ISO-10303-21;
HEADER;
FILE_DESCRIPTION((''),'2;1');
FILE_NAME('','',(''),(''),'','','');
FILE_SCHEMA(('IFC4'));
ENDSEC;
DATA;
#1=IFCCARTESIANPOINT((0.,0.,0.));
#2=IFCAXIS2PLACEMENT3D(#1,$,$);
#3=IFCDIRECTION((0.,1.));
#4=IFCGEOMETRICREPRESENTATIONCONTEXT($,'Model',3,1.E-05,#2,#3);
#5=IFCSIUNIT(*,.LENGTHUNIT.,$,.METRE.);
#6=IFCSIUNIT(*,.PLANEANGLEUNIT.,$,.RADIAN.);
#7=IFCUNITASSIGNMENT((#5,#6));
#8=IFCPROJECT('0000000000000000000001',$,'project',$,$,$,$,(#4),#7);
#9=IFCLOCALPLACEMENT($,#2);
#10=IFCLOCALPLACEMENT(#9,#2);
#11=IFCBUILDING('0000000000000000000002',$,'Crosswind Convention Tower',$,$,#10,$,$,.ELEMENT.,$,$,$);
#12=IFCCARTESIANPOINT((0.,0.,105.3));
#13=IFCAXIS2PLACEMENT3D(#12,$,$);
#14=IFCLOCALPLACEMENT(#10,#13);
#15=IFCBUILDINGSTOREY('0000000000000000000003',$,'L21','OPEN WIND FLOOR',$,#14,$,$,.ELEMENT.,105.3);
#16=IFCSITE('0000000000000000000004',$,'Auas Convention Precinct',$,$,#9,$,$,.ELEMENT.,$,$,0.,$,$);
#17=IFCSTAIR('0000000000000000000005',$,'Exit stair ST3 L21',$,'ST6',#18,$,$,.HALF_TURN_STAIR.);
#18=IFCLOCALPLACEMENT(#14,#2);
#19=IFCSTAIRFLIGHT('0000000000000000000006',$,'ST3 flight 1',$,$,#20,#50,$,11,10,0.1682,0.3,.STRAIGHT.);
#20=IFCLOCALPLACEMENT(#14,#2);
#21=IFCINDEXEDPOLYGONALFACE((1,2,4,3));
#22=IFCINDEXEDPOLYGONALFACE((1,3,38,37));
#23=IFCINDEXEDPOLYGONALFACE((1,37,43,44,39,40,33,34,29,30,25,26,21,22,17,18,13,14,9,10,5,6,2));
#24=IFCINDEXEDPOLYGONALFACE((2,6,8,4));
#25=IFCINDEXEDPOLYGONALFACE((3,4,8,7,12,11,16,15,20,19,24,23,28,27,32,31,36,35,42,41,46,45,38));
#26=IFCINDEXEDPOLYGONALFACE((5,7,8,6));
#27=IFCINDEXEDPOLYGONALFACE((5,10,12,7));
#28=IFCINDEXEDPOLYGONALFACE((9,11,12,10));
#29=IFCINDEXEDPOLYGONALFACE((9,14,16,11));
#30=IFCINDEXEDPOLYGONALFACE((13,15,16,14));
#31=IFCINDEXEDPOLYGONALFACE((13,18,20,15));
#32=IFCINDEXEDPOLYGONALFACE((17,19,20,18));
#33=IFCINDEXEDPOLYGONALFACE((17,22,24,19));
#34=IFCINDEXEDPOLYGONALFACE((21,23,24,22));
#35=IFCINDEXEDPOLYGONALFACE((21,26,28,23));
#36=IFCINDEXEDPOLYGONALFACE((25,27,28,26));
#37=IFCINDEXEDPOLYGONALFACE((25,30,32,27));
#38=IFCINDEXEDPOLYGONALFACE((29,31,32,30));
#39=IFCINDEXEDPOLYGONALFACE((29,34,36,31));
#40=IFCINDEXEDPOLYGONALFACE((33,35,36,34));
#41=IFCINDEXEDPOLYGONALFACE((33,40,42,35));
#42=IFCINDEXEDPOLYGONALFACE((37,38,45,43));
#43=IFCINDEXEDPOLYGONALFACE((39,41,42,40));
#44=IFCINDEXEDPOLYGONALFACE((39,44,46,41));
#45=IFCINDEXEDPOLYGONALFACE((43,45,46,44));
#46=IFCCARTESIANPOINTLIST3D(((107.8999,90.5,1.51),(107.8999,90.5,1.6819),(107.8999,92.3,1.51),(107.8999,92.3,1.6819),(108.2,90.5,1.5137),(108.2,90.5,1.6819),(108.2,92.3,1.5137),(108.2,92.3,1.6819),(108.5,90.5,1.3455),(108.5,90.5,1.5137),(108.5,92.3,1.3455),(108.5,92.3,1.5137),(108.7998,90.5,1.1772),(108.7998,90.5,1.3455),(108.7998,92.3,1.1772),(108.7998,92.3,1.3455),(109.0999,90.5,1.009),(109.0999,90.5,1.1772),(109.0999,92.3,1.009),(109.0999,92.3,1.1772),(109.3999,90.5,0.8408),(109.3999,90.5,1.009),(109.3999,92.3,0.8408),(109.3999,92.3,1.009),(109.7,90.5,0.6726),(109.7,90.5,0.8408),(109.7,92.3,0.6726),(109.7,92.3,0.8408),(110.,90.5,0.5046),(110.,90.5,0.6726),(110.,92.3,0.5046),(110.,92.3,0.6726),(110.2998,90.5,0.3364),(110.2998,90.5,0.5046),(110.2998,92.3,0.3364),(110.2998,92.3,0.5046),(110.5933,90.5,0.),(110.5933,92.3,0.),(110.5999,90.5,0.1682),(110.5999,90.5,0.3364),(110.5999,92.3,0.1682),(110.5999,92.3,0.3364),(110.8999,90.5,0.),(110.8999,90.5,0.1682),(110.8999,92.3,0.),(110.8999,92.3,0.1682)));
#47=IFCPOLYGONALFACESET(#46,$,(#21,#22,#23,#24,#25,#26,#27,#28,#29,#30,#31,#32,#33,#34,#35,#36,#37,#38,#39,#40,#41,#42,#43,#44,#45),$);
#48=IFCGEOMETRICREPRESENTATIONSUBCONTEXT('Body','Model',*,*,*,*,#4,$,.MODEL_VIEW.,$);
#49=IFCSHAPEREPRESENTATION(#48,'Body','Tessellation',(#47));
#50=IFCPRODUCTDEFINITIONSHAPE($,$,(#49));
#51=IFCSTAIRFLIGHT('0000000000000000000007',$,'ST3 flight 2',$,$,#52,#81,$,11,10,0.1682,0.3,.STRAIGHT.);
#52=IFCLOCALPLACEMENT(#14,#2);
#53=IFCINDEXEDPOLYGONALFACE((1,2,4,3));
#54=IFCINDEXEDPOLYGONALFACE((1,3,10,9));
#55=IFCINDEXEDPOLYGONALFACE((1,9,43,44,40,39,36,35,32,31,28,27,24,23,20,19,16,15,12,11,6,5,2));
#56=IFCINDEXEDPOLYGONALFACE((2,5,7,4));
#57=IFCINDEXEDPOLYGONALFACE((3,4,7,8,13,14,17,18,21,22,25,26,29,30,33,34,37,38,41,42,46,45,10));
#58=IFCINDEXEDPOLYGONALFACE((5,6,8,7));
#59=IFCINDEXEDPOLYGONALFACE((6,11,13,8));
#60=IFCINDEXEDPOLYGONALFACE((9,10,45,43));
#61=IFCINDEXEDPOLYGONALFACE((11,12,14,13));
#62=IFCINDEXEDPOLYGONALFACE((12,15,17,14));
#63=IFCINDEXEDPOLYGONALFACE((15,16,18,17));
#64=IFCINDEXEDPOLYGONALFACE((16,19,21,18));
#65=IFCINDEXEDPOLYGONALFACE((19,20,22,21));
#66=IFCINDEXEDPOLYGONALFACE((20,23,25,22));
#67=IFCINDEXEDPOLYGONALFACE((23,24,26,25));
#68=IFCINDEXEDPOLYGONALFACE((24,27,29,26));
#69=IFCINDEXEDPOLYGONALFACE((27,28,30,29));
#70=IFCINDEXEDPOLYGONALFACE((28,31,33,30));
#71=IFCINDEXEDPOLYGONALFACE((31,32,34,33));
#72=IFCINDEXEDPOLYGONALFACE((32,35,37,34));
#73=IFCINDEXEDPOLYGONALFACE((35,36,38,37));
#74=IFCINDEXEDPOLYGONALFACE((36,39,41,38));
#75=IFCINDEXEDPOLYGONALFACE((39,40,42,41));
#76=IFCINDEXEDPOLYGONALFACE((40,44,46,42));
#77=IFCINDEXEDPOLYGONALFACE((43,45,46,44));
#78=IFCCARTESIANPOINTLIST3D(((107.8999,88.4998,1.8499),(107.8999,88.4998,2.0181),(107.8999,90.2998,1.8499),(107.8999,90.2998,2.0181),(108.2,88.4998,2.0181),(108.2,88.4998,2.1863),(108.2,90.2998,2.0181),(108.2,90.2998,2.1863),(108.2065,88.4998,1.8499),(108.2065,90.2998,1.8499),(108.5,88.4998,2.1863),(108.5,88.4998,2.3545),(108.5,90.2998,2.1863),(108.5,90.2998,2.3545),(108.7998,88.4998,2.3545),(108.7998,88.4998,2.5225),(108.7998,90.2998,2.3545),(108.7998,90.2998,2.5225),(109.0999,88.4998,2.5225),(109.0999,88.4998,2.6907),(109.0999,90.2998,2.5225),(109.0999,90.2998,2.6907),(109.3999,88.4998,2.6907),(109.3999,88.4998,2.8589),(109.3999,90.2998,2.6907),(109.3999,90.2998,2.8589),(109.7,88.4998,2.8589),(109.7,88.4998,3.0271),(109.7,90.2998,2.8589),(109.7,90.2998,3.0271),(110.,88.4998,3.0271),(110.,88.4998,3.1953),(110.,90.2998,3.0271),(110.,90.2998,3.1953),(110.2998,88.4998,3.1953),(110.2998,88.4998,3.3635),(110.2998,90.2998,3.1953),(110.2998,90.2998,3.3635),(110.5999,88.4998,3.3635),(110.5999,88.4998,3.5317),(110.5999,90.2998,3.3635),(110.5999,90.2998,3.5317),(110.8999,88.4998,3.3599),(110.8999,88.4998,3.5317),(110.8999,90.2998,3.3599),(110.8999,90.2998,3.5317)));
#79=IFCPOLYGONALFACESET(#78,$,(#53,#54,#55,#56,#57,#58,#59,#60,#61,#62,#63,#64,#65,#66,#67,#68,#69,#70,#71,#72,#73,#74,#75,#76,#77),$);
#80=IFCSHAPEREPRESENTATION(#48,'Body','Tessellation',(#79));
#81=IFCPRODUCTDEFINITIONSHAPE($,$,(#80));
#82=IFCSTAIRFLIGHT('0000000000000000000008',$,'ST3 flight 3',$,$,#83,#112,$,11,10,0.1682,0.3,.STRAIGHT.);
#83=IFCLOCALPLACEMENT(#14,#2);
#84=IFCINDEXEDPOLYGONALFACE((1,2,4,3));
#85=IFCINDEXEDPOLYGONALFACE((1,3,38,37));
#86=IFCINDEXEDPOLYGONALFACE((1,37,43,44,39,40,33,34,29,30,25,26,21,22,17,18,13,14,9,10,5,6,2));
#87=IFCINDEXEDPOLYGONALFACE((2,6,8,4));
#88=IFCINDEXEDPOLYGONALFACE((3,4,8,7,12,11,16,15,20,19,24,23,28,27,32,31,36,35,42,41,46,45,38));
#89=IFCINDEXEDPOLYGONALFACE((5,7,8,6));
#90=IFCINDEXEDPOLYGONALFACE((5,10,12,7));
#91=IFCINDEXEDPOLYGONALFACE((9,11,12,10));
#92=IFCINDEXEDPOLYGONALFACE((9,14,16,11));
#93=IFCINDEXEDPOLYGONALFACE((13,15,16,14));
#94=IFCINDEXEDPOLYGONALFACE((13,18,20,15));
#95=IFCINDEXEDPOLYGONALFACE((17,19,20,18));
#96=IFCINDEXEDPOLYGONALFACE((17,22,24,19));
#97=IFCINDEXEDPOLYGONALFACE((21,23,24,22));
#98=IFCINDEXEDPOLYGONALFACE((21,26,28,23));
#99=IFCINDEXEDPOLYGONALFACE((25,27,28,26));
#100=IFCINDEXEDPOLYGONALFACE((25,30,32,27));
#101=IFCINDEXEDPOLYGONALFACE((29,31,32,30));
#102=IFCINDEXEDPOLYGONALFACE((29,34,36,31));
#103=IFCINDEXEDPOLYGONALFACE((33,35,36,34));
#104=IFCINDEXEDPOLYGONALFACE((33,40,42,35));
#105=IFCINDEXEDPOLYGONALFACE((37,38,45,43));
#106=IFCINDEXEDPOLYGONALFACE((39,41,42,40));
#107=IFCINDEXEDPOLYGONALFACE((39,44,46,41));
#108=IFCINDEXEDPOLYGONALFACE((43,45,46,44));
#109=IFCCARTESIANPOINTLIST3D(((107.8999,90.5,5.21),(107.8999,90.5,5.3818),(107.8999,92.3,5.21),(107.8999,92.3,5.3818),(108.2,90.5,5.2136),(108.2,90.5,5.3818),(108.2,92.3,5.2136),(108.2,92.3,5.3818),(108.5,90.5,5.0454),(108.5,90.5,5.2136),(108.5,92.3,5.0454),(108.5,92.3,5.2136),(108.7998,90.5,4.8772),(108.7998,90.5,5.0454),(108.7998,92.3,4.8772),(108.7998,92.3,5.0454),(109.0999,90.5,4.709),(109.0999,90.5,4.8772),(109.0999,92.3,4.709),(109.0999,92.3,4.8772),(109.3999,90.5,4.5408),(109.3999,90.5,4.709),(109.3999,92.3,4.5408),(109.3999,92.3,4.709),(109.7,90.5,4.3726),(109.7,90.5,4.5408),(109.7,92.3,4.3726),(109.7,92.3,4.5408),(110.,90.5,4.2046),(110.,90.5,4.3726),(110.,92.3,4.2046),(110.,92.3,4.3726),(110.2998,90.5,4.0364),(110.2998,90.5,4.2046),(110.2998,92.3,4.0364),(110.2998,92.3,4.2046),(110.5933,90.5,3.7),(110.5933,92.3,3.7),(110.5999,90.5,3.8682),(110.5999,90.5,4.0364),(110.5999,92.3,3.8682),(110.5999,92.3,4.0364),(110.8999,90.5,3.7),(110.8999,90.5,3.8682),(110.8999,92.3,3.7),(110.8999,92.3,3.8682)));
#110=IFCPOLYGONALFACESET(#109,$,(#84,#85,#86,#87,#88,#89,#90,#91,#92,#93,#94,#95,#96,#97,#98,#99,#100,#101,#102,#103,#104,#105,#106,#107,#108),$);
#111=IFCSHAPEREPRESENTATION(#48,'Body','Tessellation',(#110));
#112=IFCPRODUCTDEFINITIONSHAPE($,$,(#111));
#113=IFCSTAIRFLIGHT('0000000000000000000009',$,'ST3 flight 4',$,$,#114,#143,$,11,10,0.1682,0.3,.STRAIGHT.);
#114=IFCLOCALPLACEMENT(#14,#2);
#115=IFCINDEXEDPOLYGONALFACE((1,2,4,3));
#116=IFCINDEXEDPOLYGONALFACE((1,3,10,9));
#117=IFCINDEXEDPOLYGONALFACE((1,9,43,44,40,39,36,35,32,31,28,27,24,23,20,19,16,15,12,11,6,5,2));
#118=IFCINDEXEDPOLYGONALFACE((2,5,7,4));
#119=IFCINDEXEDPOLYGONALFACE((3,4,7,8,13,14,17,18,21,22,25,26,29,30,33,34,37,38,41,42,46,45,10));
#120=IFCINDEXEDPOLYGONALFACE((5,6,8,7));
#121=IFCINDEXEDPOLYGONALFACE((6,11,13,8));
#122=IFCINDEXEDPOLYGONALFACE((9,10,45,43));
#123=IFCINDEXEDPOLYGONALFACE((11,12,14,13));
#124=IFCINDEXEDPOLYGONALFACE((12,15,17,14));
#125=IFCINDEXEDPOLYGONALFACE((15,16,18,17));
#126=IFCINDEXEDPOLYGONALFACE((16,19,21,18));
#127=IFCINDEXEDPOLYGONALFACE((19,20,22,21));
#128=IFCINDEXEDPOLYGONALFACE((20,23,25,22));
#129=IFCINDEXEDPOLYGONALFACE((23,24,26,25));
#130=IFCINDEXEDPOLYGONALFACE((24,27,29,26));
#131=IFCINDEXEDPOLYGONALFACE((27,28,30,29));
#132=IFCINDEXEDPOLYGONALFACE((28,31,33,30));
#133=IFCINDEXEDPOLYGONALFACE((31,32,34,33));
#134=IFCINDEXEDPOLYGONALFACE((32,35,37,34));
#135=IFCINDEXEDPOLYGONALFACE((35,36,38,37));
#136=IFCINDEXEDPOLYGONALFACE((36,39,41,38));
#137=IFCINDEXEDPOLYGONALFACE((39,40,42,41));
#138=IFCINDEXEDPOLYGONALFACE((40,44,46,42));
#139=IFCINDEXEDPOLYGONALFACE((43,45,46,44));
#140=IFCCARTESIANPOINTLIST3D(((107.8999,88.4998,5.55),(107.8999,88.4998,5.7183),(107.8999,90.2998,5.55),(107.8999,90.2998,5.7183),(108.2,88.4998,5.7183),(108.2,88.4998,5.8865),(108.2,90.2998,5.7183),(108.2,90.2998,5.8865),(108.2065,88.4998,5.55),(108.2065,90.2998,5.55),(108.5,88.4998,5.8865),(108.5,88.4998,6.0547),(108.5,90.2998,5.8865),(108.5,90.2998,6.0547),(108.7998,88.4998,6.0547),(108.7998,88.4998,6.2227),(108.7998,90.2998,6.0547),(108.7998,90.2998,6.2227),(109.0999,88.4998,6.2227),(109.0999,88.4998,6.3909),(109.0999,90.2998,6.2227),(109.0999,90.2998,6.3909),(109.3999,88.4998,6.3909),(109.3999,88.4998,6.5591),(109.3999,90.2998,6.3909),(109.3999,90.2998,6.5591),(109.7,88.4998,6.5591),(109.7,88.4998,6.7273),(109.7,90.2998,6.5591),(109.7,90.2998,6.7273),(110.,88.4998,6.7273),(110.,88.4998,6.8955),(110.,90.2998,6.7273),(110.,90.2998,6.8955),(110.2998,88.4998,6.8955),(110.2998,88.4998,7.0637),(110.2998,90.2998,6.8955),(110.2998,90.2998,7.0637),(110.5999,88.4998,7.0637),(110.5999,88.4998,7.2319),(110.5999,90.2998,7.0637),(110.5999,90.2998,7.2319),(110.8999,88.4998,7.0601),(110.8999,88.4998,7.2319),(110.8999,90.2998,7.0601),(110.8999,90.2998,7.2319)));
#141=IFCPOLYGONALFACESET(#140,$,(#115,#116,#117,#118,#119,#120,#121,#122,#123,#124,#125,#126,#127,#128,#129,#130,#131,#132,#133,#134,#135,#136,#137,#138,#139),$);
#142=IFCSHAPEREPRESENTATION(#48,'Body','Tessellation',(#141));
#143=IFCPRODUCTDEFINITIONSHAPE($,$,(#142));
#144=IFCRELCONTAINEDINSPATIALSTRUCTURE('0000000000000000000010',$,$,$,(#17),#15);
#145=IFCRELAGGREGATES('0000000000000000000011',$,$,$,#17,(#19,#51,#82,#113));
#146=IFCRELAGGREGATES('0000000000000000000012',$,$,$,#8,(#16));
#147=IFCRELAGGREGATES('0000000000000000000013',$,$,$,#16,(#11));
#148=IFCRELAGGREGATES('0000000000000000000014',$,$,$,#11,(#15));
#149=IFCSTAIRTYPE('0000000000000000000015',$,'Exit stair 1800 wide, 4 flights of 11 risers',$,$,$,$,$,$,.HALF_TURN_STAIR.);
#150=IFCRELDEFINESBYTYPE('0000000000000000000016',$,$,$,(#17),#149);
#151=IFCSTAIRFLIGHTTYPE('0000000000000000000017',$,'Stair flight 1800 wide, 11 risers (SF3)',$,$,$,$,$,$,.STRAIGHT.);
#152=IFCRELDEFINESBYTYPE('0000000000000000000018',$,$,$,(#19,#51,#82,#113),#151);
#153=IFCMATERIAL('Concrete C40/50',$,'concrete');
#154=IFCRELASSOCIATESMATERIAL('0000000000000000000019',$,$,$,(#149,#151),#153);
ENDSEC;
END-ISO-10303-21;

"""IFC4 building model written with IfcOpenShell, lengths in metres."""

from ifc_helpers import new_model, si_unit, direction, frame, origin, place, context, subcontext, project, spatial, polyline, outline, extrude, material, type_object, element, aggregate, save


model = new_model("IFC4")

# Units and contexts
model_context = context("Model", 3, precision=1e-05, world=origin(), true_north=direction((0.0, 1.0)))
body_context = subcontext(model_context, "Body", "Model", "MODEL_VIEW")
ifc_project = project(units=[si_unit("LENGTHUNIT", "METRE"), si_unit("PLANEANGLEUNIT", "RADIAN")], contexts=[model_context])

# Site, building, storey
site_placement = place(None, origin())
site = spatial("IfcSite", under=ifc_project, at=site_placement, Name="Auas Convention Precinct", CompositionType="ELEMENT", RefElevation=0.0)
building_placement = place(site_placement, origin())
building = spatial("IfcBuilding", under=site, at=building_placement, Name="Crosswind Convention Tower", CompositionType="ELEMENT")
storey_placement = place(building_placement, frame((0.0, 0.0, 105.3)))
storey = spatial("IfcBuildingStorey", under=building, at=storey_placement, Name="L21", Description="OPEN WIND FLOOR", CompositionType="ELEMENT", Elevation=105.3)

# Stair, stair flights
ifc_material_1 = material(Name="Concrete C40/50", Category="concrete")
stair_type = type_object("IfcStairType", Name="Exit stair 1800 wide, 4 flights of 11 risers", PredefinedType="HALF_TURN_STAIR", material=ifc_material_1)
stair_placement = place(storey_placement, origin())
stair = element("IfcStair", 1, at=stair_placement, inside=storey, type_object=stair_type, Name="Exit stair ST3 L21", ObjectType="ST6", PredefinedType="HALF_TURN_STAIR")
stair_flight_type = type_object("IfcStairFlightType", Name="Stair flight 1800 wide, 11 risers (SF3)", PredefinedType="STRAIGHT", material=ifc_material_1)
stair_flight_1_placement = place(storey_placement, frame((110.8999, 91.3999, 0.0), z_axis=(0.0, 0.0, 1.0), x_axis=(-1.0, 0.0, 0.0)))
stair_flight_1 = element("IfcStairFlight", 2, at=stair_flight_1_placement, type_object=stair_flight_type, Name="ST3 flight 1", NumberOfRisers=11, NumberOfTreads=10, PredefinedType="STRAIGHT", RiserHeight=0.1682, TreadLength=0.3, context=body_context, shape_type="SweptSolid", body=[
    extrude(outline(polyline([(0.0, 0.0), (0.0, 0.1682), (0.3, 0.1682), (0.3, 0.3364), (0.6001, 0.3364), (0.6001, 0.5046), (0.8999, 0.5046), (0.8999, 0.6726), (1.2, 0.6726), (1.2, 0.8408), (1.5, 0.8408), (1.5, 1.009), (1.8, 1.009), (1.8, 1.1772), (2.1001, 1.1772), (2.1001, 1.3455), (2.3999, 1.3455), (2.3999, 1.5137), (2.7, 1.5137), (2.7, 1.6819), (3.0, 1.6819), (3.0, 1.8501), (3.0, 1.51), (0.3066, 0.0), (0.0, 0.0)])), frame((0.0, 0.8999, 0.0), z_axis=(0.0, -1.0, 0.0), x_axis=(1.0, 0.0, 0.0)), (0.0, 0.0, 1.0), 1.8),
])
stair_flight_2_placement = place(storey_placement, frame((107.8999, 89.3999, 1.8499), z_axis=(0.0, 0.0, 1.0), x_axis=(1.0, 0.0, 0.0)))
stair_flight_2 = element("IfcStairFlight", 3, at=stair_flight_2_placement, type_object=stair_flight_type, Name="ST3 flight 2", NumberOfRisers=11, NumberOfTreads=10, PredefinedType="STRAIGHT", RiserHeight=0.1682, TreadLength=0.3, context=body_context, shape_type="SweptSolid", body=[
    extrude(outline(polyline([(0.0, 0.0), (0.0, 0.1682), (0.3, 0.1682), (0.3, 0.3364), (0.6001, 0.3364), (0.6001, 0.5046), (0.8999, 0.5046), (0.8999, 0.6726), (1.2, 0.6726), (1.2, 0.8408), (1.5, 0.8408), (1.5, 1.009), (1.8, 1.009), (1.8, 1.1772), (2.1001, 1.1772), (2.1001, 1.3455), (2.3999, 1.3455), (2.3999, 1.5137), (2.7, 1.5137), (2.7, 1.6819), (3.0, 1.6819), (3.0, 1.8501), (3.0, 1.51), (0.3066, 0.0), (0.0, 0.0)])), frame((0.0, 0.8999, 0.0), z_axis=(0.0, -1.0, 0.0), x_axis=(1.0, 0.0, 0.0)), (0.0, 0.0, 1.0), 1.8),
])
stair_flight_3_placement = place(storey_placement, frame((110.8999, 91.3999, 3.7), z_axis=(0.0, 0.0, 1.0), x_axis=(-1.0, 0.0, 0.0)))
stair_flight_3 = element("IfcStairFlight", 4, at=stair_flight_3_placement, type_object=stair_flight_type, Name="ST3 flight 3", NumberOfRisers=11, NumberOfTreads=10, PredefinedType="STRAIGHT", RiserHeight=0.1682, TreadLength=0.3, context=body_context, shape_type="SweptSolid", body=[
    extrude(outline(polyline([(0.0, 0.0), (0.0, 0.1682), (0.3, 0.1682), (0.3, 0.3364), (0.6001, 0.3364), (0.6001, 0.5046), (0.8999, 0.5046), (0.8999, 0.6726), (1.2, 0.6726), (1.2, 0.8408), (1.5, 0.8408), (1.5, 1.009), (1.8, 1.009), (1.8, 1.1772), (2.1001, 1.1772), (2.1001, 1.3455), (2.3999, 1.3455), (2.3999, 1.5137), (2.7, 1.5137), (2.7, 1.6819), (3.0, 1.6819), (3.0, 1.8501), (3.0, 1.51), (0.3066, 0.0), (0.0, 0.0)])), frame((0.0, 0.8999, 0.0), z_axis=(0.0, -1.0, 0.0), x_axis=(1.0, 0.0, 0.0)), (0.0, 0.0, 1.0), 1.8),
])
stair_flight_4_placement = place(storey_placement, frame((107.8999, 89.3999, 5.55), z_axis=(0.0, 0.0, 1.0), x_axis=(1.0, 0.0, 0.0)))
stair_flight_4 = element("IfcStairFlight", 5, at=stair_flight_4_placement, type_object=stair_flight_type, Name="ST3 flight 4", NumberOfRisers=11, NumberOfTreads=10, PredefinedType="STRAIGHT", RiserHeight=0.1682, TreadLength=0.3, context=body_context, shape_type="SweptSolid", body=[
    extrude(outline(polyline([(0.0, 0.0), (0.0, 0.1682), (0.3, 0.1682), (0.3, 0.3364), (0.6001, 0.3364), (0.6001, 0.5046), (0.8999, 0.5046), (0.8999, 0.6726), (1.2, 0.6726), (1.2, 0.8408), (1.5, 0.8408), (1.5, 1.009), (1.8, 1.009), (1.8, 1.1772), (2.1001, 1.1772), (2.1001, 1.3455), (2.3999, 1.3455), (2.3999, 1.5137), (2.7, 1.5137), (2.7, 1.6819), (3.0, 1.6819), (3.0, 1.8501), (3.0, 1.51), (0.3066, 0.0), (0.0, 0.0)])), frame((0.0, 0.8999, 0.0), z_axis=(0.0, -1.0, 0.0), x_axis=(1.0, 0.0, 0.0)), (0.0, 0.0, 1.0), 1.8),
])
aggregate(stair, [stair_flight_1, stair_flight_2, stair_flight_3, stair_flight_4])

save(model, "model.ifc")
